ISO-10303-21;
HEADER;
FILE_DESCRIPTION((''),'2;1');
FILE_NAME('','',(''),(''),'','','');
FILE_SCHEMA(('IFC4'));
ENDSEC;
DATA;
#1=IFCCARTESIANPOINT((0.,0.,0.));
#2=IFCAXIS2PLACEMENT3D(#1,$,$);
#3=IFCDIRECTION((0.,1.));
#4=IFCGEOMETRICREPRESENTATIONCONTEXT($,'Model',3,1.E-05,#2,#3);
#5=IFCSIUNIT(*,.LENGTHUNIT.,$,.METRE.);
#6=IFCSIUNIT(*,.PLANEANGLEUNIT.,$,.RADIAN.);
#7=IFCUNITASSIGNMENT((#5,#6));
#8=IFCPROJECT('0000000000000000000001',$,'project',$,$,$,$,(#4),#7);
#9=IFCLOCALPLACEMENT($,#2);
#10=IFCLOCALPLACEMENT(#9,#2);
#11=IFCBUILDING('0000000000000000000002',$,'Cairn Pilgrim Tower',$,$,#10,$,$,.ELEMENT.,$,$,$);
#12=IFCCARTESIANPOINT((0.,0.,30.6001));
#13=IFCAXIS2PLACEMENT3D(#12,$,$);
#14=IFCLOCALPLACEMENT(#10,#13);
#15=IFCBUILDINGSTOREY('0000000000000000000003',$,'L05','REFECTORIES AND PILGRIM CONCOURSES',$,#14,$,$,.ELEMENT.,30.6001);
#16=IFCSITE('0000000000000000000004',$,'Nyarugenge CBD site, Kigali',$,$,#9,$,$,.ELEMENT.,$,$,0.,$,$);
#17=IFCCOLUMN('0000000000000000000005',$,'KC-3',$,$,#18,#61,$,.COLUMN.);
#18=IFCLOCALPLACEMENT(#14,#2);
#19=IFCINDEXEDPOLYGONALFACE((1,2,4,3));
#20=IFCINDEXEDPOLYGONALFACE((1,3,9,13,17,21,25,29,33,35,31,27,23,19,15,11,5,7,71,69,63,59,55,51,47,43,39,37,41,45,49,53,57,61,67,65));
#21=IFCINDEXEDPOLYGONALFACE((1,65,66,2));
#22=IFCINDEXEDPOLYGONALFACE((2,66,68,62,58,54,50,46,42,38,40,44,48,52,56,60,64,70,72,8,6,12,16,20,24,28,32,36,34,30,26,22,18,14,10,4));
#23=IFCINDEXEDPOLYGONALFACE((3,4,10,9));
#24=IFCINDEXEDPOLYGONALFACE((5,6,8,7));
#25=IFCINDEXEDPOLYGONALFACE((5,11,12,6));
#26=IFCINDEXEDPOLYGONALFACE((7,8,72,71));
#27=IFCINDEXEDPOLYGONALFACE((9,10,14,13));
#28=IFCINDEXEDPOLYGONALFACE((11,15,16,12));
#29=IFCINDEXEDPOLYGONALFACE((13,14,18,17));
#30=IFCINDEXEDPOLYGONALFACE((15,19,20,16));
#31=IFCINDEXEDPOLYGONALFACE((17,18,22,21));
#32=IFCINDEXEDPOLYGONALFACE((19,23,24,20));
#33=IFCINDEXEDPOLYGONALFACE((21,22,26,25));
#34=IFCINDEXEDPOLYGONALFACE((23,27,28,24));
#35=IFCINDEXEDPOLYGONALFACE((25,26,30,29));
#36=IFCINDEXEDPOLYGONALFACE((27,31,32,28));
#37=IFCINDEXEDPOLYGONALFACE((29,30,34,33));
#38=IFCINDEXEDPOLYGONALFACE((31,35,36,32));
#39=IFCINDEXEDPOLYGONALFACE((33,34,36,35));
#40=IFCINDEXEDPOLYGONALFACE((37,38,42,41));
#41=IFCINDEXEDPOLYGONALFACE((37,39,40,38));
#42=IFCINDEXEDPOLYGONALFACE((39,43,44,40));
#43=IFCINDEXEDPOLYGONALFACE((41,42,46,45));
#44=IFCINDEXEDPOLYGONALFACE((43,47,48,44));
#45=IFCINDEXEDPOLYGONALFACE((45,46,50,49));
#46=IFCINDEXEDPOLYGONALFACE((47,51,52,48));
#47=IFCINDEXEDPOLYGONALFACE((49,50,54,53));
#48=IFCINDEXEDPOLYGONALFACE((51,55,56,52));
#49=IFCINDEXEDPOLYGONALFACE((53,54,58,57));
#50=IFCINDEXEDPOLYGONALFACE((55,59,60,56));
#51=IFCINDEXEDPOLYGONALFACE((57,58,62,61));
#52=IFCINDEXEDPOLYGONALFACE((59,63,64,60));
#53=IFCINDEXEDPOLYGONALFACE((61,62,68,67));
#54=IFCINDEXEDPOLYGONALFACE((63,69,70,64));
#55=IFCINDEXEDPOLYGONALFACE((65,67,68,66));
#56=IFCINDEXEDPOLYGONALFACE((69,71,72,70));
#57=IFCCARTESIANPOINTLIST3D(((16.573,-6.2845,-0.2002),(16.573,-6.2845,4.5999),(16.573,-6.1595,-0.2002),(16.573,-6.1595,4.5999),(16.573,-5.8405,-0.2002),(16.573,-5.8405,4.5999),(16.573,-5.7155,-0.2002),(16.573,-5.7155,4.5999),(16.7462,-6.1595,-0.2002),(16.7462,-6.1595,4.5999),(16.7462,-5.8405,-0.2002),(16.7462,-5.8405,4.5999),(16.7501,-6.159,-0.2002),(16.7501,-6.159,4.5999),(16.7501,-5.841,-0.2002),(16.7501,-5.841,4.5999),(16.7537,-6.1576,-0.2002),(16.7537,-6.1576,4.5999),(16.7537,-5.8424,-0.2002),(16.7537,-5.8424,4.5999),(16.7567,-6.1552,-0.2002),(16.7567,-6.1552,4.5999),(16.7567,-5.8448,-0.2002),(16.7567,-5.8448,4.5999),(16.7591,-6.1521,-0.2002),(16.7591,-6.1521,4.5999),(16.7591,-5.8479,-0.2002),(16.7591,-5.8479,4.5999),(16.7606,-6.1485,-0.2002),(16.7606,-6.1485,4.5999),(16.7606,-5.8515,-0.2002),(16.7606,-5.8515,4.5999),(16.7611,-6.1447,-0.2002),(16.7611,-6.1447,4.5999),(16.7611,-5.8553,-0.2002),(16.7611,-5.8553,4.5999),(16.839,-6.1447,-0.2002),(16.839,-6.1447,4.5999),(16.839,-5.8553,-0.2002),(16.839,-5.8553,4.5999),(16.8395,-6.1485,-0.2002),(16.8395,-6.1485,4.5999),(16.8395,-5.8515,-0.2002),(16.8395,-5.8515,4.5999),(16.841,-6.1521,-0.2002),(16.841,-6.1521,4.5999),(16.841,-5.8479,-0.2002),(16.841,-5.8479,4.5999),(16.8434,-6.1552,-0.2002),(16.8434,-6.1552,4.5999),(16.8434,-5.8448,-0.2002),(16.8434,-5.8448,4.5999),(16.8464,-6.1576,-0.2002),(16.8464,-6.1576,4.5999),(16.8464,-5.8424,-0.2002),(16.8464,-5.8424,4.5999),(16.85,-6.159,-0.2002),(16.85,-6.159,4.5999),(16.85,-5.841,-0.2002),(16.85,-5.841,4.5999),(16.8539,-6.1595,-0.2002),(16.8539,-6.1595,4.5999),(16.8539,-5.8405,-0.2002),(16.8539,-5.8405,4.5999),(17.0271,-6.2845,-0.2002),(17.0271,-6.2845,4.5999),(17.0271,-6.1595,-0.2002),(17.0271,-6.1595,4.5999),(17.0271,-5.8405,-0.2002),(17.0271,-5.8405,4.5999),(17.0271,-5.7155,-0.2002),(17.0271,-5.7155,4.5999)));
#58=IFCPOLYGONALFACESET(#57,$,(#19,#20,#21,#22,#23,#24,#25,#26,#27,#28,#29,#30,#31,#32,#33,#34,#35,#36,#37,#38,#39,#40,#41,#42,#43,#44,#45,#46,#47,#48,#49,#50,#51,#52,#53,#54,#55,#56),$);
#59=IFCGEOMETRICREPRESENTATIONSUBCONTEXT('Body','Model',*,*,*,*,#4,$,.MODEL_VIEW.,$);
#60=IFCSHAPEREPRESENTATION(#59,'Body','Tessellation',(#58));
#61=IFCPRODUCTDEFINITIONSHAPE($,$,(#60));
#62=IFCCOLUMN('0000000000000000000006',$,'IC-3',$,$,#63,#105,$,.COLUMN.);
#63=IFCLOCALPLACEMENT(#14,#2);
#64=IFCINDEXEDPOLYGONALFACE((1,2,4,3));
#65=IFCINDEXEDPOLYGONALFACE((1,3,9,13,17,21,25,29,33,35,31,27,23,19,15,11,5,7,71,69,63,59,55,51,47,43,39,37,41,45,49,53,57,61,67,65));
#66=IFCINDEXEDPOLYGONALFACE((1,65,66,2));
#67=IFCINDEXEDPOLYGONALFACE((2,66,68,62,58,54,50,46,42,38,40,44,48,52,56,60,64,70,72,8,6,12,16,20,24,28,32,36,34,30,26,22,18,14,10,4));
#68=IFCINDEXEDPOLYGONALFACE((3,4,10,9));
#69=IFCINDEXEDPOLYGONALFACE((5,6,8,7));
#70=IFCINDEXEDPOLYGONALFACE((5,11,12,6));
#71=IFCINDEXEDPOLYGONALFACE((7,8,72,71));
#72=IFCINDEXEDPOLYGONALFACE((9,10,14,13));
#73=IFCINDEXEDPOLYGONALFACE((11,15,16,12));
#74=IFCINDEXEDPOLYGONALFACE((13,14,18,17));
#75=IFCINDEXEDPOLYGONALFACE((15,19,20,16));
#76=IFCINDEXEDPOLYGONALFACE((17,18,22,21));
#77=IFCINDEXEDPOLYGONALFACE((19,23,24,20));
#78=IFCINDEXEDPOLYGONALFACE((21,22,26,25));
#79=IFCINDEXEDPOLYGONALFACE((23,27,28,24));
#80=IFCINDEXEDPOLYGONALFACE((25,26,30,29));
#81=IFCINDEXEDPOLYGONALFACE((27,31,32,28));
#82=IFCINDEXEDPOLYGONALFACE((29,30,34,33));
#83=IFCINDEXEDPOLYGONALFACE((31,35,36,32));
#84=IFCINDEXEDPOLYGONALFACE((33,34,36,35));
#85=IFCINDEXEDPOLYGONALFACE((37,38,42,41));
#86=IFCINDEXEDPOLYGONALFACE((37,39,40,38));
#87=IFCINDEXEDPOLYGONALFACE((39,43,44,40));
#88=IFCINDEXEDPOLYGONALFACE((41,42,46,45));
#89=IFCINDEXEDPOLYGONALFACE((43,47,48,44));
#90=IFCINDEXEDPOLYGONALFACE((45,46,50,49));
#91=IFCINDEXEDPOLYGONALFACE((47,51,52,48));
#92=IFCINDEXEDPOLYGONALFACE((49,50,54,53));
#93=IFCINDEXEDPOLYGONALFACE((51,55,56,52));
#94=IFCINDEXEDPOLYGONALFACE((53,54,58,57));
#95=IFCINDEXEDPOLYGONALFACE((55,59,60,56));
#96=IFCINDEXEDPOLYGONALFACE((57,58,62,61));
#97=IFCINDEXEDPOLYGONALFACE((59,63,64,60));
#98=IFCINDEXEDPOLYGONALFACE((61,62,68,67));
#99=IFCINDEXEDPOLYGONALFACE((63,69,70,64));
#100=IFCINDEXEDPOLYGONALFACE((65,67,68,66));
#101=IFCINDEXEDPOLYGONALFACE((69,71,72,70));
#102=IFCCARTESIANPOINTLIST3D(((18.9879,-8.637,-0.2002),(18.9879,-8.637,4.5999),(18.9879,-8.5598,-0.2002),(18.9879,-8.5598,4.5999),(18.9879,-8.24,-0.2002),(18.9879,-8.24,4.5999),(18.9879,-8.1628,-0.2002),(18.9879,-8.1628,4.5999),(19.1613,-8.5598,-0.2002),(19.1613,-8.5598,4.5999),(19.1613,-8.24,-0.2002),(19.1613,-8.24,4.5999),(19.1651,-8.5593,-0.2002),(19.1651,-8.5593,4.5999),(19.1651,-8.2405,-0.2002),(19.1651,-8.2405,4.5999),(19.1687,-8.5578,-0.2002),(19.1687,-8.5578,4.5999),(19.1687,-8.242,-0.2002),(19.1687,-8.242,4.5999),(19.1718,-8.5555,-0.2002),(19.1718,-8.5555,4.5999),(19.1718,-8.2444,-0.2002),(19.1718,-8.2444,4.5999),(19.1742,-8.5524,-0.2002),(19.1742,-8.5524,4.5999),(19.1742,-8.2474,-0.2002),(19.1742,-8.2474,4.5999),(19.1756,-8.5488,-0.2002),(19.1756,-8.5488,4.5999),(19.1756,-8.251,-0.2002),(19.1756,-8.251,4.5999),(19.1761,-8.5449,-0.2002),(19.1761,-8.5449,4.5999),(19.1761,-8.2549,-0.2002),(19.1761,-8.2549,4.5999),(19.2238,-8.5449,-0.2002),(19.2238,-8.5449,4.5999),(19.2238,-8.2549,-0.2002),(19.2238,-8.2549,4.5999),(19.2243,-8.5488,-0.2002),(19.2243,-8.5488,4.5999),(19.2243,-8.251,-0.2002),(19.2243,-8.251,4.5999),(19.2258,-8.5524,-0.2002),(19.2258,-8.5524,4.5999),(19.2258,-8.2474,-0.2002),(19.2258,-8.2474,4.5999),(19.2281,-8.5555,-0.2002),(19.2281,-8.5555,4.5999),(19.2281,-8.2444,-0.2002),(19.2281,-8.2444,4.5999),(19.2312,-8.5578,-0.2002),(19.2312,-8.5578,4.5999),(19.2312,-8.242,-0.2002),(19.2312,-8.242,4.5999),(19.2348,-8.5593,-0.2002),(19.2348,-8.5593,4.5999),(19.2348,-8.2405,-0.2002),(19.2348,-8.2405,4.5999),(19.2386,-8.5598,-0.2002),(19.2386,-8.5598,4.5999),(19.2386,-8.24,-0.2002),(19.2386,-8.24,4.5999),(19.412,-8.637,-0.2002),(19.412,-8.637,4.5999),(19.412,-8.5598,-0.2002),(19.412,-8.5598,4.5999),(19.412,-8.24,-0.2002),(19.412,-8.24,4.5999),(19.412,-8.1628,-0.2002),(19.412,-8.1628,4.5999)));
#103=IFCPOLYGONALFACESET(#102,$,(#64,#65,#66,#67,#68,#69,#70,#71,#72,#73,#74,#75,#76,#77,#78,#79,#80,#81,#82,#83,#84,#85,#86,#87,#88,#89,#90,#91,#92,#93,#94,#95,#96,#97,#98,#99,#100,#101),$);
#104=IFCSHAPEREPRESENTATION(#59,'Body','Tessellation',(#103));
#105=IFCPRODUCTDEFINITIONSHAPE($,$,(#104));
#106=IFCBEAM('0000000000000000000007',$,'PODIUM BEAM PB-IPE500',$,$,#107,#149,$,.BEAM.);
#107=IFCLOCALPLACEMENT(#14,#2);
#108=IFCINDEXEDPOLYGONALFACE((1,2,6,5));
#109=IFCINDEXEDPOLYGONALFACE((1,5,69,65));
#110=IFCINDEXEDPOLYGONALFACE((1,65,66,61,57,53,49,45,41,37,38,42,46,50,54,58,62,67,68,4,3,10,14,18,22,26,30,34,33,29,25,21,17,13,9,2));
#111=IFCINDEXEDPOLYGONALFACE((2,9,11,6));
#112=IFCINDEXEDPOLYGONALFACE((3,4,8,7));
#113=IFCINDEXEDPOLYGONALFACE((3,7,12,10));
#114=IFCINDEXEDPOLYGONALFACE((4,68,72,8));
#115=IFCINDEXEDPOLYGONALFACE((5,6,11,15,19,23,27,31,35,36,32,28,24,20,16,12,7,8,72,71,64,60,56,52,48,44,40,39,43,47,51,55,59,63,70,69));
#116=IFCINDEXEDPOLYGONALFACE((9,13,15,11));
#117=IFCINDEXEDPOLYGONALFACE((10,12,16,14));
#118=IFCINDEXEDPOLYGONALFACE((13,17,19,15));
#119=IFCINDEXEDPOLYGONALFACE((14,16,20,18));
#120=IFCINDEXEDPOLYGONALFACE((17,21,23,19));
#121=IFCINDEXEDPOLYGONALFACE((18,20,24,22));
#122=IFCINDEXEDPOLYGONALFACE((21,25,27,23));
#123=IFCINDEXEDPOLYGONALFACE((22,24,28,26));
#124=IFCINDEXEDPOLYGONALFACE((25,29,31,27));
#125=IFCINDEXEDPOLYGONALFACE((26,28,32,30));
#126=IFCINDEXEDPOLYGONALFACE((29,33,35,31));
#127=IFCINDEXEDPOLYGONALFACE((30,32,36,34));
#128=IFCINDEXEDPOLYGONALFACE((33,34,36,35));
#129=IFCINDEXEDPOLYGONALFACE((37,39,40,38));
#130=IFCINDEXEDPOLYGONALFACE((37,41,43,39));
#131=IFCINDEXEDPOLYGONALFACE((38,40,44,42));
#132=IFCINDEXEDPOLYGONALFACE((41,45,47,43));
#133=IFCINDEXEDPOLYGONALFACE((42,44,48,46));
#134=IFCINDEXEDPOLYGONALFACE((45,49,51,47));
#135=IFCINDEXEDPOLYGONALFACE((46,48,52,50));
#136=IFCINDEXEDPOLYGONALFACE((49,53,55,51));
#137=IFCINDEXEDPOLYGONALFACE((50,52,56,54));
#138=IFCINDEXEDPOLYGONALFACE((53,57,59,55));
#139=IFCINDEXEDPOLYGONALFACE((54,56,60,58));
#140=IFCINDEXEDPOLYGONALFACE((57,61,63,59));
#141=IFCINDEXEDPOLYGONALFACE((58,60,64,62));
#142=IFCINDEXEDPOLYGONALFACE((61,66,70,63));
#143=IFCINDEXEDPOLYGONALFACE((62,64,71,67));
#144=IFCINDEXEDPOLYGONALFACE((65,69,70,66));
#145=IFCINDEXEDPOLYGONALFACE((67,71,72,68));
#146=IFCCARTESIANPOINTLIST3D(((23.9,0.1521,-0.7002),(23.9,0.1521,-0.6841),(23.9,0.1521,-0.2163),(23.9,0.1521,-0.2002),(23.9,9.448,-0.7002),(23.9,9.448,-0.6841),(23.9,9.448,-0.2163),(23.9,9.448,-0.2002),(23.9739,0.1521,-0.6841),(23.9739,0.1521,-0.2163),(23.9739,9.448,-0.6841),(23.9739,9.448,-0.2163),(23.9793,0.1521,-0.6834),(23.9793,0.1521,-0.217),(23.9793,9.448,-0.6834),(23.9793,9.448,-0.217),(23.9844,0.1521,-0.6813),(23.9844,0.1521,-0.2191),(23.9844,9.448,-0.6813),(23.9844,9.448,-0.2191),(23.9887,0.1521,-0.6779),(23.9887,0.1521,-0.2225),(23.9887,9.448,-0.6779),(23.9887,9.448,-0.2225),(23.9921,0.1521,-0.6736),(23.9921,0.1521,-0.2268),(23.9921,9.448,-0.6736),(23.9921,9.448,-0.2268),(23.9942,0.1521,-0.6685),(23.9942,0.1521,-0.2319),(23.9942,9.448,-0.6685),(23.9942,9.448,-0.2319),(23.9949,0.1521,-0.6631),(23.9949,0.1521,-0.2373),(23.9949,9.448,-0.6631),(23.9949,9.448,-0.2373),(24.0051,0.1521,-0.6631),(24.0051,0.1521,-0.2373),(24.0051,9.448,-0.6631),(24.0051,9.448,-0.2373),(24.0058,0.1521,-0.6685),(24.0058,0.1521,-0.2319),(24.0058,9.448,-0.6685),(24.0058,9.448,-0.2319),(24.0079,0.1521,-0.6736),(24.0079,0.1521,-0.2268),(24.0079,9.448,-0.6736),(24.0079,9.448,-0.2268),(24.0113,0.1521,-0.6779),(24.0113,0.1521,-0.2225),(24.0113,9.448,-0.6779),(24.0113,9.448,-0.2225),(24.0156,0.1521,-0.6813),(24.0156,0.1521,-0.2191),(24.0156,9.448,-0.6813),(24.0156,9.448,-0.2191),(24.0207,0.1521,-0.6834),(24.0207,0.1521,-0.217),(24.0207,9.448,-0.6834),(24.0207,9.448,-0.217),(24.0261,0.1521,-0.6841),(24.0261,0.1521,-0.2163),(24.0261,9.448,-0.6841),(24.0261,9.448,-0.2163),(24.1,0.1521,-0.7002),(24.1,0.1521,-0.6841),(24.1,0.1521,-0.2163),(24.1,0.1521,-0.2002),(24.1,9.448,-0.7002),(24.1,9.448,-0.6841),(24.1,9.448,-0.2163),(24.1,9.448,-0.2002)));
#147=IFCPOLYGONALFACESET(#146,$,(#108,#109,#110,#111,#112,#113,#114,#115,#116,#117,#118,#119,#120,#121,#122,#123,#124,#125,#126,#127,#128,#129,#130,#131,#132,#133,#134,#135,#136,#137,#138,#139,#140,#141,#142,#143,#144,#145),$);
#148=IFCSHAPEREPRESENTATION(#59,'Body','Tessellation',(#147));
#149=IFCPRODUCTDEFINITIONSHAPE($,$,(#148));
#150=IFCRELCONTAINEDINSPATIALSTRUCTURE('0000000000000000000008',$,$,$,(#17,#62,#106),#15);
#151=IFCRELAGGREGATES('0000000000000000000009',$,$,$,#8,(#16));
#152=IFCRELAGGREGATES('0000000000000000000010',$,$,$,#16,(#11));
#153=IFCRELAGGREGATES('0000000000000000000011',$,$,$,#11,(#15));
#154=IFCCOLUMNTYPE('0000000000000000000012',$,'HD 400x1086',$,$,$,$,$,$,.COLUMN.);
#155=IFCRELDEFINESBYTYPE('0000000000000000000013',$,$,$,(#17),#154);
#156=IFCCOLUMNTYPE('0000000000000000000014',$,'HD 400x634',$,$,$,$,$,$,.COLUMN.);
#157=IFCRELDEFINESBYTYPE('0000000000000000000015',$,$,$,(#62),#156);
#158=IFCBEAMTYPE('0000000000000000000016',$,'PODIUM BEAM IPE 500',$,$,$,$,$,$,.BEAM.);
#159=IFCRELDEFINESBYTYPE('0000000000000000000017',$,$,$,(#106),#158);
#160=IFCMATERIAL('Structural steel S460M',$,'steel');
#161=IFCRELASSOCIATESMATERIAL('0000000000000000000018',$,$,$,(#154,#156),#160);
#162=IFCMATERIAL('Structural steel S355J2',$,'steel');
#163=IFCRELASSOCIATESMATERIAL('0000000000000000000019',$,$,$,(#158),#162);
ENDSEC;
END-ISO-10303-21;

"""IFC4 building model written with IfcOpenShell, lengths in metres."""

from ifc_helpers import new_model, si_unit, direction, frame, origin, origin_2d, place, context, subcontext, project, spatial, i_section, extrude, material, material_profile, profile_set, type_object, element, save


model = new_model("IFC4")

# Units and contexts
model_context = context("Model", 3, precision=1e-05, world=origin(), true_north=direction((0.0, 1.0)))
body_context = subcontext(model_context, "Body", "Model", "MODEL_VIEW")
ifc_project = project(units=[si_unit("LENGTHUNIT", "METRE"), si_unit("PLANEANGLEUNIT", "RADIAN")], contexts=[model_context])

# Site, building, storey
site_placement = place(None, origin())
site = spatial("IfcSite", under=ifc_project, at=site_placement, Name="Nyarugenge CBD site, Kigali", CompositionType="ELEMENT", RefElevation=0.0)
building_placement = place(site_placement, origin())
building = spatial("IfcBuilding", under=site, at=building_placement, Name="Cairn Pilgrim Tower", CompositionType="ELEMENT")
storey_placement = place(building_placement, frame((0.0, 0.0, 30.6001)))
storey = spatial("IfcBuildingStorey", under=building, at=storey_placement, Name="L05", Description="REFECTORIES AND PILGRIM CONCOURSES", CompositionType="ELEMENT", Elevation=30.6001)

# Columns
ifc_material_1 = material(Name="Structural steel S460M", Category="steel")
ifc_material_profile_1 = material_profile(ifc_material_1, i_section(OverallWidth=0.4541, OverallDepth=0.5691, WebThickness=0.0779, FlangeThickness=0.125, FilletRadius=0.0149, at=origin_2d()), Name="HD 400x1086")
ifc_profile_set_1 = profile_set([ifc_material_profile_1], Name="Structural steel S460M")
column_type_1 = type_object("IfcColumnType", Name="HD 400x1086", PredefinedType="COLUMN", material=ifc_profile_set_1)
column_1_placement = place(storey_placement, frame((16.8, -6.0, -0.2002), z_axis=(0.0, 0.0, 1.0), x_axis=(1.0, 0.0, 0.0)))
element("IfcColumn", 1, at=column_1_placement, inside=storey, type_object=column_type_1, Name="KC-3", PredefinedType="COLUMN", context=body_context, shape_type="SweptSolid", body=[
    extrude(i_section(OverallWidth=0.4541, OverallDepth=0.5691, WebThickness=0.0779, FlangeThickness=0.125, FilletRadius=0.0149, at=origin_2d()), origin(), (0.0, 0.0, 1.0), 4.8),
])
ifc_material_profile_2 = material_profile(ifc_material_1, i_section(OverallWidth=0.4241, OverallDepth=0.4741, WebThickness=0.0476, FlangeThickness=0.0771, FilletRadius=0.0149, at=origin_2d()), Name="HD 400x634")
ifc_profile_set_2 = profile_set([ifc_material_profile_2], Name="Structural steel S460M")
column_type_2 = type_object("IfcColumnType", Name="HD 400x634", PredefinedType="COLUMN", material=ifc_profile_set_2)
column_2_placement = place(storey_placement, frame((19.2, -8.3999, -0.2002), z_axis=(0.0, 0.0, 1.0), x_axis=(1.0, 0.0, 0.0)))
element("IfcColumn", 2, at=column_2_placement, inside=storey, type_object=column_type_2, Name="IC-3", PredefinedType="COLUMN", context=body_context, shape_type="SweptSolid", body=[
    extrude(i_section(OverallWidth=0.4241, OverallDepth=0.4741, WebThickness=0.0476, FlangeThickness=0.0771, FilletRadius=0.0149, at=origin_2d()), origin(), (0.0, 0.0, 1.0), 4.8),
])

# Beam
ifc_material_2 = material(Name="Structural steel S355J2", Category="steel")
ifc_material_profile_3 = material_profile(ifc_material_2, i_section(OverallWidth=0.2, OverallDepth=0.5, WebThickness=0.0103, FlangeThickness=0.0161, FilletRadius=0.021, at=origin_2d()), Name="IPE 500")
ifc_profile_set_3 = profile_set([ifc_material_profile_3], Name="Structural steel S355J2")
beam_type_1 = type_object("IfcBeamType", Name="PODIUM BEAM IPE 500", PredefinedType="BEAM", material=ifc_profile_set_3)
beam_1_placement = place(storey_placement, frame((24.0, 0.1521, -0.4502), z_axis=(0.0, 1.0, 0.0), x_axis=(-1.0, 0.0, 0.0)))
element("IfcBeam", 3, at=beam_1_placement, inside=storey, type_object=beam_type_1, Name="PODIUM BEAM PB-IPE500", PredefinedType="BEAM", context=body_context, shape_type="SweptSolid", body=[
    extrude(i_section(OverallWidth=0.2, OverallDepth=0.5, WebThickness=0.0103, FlangeThickness=0.0161, FilletRadius=0.021, at=origin_2d()), origin(), (0.0, 0.0, 1.0), 9.2959),
])

save(model, "model.ifc")
